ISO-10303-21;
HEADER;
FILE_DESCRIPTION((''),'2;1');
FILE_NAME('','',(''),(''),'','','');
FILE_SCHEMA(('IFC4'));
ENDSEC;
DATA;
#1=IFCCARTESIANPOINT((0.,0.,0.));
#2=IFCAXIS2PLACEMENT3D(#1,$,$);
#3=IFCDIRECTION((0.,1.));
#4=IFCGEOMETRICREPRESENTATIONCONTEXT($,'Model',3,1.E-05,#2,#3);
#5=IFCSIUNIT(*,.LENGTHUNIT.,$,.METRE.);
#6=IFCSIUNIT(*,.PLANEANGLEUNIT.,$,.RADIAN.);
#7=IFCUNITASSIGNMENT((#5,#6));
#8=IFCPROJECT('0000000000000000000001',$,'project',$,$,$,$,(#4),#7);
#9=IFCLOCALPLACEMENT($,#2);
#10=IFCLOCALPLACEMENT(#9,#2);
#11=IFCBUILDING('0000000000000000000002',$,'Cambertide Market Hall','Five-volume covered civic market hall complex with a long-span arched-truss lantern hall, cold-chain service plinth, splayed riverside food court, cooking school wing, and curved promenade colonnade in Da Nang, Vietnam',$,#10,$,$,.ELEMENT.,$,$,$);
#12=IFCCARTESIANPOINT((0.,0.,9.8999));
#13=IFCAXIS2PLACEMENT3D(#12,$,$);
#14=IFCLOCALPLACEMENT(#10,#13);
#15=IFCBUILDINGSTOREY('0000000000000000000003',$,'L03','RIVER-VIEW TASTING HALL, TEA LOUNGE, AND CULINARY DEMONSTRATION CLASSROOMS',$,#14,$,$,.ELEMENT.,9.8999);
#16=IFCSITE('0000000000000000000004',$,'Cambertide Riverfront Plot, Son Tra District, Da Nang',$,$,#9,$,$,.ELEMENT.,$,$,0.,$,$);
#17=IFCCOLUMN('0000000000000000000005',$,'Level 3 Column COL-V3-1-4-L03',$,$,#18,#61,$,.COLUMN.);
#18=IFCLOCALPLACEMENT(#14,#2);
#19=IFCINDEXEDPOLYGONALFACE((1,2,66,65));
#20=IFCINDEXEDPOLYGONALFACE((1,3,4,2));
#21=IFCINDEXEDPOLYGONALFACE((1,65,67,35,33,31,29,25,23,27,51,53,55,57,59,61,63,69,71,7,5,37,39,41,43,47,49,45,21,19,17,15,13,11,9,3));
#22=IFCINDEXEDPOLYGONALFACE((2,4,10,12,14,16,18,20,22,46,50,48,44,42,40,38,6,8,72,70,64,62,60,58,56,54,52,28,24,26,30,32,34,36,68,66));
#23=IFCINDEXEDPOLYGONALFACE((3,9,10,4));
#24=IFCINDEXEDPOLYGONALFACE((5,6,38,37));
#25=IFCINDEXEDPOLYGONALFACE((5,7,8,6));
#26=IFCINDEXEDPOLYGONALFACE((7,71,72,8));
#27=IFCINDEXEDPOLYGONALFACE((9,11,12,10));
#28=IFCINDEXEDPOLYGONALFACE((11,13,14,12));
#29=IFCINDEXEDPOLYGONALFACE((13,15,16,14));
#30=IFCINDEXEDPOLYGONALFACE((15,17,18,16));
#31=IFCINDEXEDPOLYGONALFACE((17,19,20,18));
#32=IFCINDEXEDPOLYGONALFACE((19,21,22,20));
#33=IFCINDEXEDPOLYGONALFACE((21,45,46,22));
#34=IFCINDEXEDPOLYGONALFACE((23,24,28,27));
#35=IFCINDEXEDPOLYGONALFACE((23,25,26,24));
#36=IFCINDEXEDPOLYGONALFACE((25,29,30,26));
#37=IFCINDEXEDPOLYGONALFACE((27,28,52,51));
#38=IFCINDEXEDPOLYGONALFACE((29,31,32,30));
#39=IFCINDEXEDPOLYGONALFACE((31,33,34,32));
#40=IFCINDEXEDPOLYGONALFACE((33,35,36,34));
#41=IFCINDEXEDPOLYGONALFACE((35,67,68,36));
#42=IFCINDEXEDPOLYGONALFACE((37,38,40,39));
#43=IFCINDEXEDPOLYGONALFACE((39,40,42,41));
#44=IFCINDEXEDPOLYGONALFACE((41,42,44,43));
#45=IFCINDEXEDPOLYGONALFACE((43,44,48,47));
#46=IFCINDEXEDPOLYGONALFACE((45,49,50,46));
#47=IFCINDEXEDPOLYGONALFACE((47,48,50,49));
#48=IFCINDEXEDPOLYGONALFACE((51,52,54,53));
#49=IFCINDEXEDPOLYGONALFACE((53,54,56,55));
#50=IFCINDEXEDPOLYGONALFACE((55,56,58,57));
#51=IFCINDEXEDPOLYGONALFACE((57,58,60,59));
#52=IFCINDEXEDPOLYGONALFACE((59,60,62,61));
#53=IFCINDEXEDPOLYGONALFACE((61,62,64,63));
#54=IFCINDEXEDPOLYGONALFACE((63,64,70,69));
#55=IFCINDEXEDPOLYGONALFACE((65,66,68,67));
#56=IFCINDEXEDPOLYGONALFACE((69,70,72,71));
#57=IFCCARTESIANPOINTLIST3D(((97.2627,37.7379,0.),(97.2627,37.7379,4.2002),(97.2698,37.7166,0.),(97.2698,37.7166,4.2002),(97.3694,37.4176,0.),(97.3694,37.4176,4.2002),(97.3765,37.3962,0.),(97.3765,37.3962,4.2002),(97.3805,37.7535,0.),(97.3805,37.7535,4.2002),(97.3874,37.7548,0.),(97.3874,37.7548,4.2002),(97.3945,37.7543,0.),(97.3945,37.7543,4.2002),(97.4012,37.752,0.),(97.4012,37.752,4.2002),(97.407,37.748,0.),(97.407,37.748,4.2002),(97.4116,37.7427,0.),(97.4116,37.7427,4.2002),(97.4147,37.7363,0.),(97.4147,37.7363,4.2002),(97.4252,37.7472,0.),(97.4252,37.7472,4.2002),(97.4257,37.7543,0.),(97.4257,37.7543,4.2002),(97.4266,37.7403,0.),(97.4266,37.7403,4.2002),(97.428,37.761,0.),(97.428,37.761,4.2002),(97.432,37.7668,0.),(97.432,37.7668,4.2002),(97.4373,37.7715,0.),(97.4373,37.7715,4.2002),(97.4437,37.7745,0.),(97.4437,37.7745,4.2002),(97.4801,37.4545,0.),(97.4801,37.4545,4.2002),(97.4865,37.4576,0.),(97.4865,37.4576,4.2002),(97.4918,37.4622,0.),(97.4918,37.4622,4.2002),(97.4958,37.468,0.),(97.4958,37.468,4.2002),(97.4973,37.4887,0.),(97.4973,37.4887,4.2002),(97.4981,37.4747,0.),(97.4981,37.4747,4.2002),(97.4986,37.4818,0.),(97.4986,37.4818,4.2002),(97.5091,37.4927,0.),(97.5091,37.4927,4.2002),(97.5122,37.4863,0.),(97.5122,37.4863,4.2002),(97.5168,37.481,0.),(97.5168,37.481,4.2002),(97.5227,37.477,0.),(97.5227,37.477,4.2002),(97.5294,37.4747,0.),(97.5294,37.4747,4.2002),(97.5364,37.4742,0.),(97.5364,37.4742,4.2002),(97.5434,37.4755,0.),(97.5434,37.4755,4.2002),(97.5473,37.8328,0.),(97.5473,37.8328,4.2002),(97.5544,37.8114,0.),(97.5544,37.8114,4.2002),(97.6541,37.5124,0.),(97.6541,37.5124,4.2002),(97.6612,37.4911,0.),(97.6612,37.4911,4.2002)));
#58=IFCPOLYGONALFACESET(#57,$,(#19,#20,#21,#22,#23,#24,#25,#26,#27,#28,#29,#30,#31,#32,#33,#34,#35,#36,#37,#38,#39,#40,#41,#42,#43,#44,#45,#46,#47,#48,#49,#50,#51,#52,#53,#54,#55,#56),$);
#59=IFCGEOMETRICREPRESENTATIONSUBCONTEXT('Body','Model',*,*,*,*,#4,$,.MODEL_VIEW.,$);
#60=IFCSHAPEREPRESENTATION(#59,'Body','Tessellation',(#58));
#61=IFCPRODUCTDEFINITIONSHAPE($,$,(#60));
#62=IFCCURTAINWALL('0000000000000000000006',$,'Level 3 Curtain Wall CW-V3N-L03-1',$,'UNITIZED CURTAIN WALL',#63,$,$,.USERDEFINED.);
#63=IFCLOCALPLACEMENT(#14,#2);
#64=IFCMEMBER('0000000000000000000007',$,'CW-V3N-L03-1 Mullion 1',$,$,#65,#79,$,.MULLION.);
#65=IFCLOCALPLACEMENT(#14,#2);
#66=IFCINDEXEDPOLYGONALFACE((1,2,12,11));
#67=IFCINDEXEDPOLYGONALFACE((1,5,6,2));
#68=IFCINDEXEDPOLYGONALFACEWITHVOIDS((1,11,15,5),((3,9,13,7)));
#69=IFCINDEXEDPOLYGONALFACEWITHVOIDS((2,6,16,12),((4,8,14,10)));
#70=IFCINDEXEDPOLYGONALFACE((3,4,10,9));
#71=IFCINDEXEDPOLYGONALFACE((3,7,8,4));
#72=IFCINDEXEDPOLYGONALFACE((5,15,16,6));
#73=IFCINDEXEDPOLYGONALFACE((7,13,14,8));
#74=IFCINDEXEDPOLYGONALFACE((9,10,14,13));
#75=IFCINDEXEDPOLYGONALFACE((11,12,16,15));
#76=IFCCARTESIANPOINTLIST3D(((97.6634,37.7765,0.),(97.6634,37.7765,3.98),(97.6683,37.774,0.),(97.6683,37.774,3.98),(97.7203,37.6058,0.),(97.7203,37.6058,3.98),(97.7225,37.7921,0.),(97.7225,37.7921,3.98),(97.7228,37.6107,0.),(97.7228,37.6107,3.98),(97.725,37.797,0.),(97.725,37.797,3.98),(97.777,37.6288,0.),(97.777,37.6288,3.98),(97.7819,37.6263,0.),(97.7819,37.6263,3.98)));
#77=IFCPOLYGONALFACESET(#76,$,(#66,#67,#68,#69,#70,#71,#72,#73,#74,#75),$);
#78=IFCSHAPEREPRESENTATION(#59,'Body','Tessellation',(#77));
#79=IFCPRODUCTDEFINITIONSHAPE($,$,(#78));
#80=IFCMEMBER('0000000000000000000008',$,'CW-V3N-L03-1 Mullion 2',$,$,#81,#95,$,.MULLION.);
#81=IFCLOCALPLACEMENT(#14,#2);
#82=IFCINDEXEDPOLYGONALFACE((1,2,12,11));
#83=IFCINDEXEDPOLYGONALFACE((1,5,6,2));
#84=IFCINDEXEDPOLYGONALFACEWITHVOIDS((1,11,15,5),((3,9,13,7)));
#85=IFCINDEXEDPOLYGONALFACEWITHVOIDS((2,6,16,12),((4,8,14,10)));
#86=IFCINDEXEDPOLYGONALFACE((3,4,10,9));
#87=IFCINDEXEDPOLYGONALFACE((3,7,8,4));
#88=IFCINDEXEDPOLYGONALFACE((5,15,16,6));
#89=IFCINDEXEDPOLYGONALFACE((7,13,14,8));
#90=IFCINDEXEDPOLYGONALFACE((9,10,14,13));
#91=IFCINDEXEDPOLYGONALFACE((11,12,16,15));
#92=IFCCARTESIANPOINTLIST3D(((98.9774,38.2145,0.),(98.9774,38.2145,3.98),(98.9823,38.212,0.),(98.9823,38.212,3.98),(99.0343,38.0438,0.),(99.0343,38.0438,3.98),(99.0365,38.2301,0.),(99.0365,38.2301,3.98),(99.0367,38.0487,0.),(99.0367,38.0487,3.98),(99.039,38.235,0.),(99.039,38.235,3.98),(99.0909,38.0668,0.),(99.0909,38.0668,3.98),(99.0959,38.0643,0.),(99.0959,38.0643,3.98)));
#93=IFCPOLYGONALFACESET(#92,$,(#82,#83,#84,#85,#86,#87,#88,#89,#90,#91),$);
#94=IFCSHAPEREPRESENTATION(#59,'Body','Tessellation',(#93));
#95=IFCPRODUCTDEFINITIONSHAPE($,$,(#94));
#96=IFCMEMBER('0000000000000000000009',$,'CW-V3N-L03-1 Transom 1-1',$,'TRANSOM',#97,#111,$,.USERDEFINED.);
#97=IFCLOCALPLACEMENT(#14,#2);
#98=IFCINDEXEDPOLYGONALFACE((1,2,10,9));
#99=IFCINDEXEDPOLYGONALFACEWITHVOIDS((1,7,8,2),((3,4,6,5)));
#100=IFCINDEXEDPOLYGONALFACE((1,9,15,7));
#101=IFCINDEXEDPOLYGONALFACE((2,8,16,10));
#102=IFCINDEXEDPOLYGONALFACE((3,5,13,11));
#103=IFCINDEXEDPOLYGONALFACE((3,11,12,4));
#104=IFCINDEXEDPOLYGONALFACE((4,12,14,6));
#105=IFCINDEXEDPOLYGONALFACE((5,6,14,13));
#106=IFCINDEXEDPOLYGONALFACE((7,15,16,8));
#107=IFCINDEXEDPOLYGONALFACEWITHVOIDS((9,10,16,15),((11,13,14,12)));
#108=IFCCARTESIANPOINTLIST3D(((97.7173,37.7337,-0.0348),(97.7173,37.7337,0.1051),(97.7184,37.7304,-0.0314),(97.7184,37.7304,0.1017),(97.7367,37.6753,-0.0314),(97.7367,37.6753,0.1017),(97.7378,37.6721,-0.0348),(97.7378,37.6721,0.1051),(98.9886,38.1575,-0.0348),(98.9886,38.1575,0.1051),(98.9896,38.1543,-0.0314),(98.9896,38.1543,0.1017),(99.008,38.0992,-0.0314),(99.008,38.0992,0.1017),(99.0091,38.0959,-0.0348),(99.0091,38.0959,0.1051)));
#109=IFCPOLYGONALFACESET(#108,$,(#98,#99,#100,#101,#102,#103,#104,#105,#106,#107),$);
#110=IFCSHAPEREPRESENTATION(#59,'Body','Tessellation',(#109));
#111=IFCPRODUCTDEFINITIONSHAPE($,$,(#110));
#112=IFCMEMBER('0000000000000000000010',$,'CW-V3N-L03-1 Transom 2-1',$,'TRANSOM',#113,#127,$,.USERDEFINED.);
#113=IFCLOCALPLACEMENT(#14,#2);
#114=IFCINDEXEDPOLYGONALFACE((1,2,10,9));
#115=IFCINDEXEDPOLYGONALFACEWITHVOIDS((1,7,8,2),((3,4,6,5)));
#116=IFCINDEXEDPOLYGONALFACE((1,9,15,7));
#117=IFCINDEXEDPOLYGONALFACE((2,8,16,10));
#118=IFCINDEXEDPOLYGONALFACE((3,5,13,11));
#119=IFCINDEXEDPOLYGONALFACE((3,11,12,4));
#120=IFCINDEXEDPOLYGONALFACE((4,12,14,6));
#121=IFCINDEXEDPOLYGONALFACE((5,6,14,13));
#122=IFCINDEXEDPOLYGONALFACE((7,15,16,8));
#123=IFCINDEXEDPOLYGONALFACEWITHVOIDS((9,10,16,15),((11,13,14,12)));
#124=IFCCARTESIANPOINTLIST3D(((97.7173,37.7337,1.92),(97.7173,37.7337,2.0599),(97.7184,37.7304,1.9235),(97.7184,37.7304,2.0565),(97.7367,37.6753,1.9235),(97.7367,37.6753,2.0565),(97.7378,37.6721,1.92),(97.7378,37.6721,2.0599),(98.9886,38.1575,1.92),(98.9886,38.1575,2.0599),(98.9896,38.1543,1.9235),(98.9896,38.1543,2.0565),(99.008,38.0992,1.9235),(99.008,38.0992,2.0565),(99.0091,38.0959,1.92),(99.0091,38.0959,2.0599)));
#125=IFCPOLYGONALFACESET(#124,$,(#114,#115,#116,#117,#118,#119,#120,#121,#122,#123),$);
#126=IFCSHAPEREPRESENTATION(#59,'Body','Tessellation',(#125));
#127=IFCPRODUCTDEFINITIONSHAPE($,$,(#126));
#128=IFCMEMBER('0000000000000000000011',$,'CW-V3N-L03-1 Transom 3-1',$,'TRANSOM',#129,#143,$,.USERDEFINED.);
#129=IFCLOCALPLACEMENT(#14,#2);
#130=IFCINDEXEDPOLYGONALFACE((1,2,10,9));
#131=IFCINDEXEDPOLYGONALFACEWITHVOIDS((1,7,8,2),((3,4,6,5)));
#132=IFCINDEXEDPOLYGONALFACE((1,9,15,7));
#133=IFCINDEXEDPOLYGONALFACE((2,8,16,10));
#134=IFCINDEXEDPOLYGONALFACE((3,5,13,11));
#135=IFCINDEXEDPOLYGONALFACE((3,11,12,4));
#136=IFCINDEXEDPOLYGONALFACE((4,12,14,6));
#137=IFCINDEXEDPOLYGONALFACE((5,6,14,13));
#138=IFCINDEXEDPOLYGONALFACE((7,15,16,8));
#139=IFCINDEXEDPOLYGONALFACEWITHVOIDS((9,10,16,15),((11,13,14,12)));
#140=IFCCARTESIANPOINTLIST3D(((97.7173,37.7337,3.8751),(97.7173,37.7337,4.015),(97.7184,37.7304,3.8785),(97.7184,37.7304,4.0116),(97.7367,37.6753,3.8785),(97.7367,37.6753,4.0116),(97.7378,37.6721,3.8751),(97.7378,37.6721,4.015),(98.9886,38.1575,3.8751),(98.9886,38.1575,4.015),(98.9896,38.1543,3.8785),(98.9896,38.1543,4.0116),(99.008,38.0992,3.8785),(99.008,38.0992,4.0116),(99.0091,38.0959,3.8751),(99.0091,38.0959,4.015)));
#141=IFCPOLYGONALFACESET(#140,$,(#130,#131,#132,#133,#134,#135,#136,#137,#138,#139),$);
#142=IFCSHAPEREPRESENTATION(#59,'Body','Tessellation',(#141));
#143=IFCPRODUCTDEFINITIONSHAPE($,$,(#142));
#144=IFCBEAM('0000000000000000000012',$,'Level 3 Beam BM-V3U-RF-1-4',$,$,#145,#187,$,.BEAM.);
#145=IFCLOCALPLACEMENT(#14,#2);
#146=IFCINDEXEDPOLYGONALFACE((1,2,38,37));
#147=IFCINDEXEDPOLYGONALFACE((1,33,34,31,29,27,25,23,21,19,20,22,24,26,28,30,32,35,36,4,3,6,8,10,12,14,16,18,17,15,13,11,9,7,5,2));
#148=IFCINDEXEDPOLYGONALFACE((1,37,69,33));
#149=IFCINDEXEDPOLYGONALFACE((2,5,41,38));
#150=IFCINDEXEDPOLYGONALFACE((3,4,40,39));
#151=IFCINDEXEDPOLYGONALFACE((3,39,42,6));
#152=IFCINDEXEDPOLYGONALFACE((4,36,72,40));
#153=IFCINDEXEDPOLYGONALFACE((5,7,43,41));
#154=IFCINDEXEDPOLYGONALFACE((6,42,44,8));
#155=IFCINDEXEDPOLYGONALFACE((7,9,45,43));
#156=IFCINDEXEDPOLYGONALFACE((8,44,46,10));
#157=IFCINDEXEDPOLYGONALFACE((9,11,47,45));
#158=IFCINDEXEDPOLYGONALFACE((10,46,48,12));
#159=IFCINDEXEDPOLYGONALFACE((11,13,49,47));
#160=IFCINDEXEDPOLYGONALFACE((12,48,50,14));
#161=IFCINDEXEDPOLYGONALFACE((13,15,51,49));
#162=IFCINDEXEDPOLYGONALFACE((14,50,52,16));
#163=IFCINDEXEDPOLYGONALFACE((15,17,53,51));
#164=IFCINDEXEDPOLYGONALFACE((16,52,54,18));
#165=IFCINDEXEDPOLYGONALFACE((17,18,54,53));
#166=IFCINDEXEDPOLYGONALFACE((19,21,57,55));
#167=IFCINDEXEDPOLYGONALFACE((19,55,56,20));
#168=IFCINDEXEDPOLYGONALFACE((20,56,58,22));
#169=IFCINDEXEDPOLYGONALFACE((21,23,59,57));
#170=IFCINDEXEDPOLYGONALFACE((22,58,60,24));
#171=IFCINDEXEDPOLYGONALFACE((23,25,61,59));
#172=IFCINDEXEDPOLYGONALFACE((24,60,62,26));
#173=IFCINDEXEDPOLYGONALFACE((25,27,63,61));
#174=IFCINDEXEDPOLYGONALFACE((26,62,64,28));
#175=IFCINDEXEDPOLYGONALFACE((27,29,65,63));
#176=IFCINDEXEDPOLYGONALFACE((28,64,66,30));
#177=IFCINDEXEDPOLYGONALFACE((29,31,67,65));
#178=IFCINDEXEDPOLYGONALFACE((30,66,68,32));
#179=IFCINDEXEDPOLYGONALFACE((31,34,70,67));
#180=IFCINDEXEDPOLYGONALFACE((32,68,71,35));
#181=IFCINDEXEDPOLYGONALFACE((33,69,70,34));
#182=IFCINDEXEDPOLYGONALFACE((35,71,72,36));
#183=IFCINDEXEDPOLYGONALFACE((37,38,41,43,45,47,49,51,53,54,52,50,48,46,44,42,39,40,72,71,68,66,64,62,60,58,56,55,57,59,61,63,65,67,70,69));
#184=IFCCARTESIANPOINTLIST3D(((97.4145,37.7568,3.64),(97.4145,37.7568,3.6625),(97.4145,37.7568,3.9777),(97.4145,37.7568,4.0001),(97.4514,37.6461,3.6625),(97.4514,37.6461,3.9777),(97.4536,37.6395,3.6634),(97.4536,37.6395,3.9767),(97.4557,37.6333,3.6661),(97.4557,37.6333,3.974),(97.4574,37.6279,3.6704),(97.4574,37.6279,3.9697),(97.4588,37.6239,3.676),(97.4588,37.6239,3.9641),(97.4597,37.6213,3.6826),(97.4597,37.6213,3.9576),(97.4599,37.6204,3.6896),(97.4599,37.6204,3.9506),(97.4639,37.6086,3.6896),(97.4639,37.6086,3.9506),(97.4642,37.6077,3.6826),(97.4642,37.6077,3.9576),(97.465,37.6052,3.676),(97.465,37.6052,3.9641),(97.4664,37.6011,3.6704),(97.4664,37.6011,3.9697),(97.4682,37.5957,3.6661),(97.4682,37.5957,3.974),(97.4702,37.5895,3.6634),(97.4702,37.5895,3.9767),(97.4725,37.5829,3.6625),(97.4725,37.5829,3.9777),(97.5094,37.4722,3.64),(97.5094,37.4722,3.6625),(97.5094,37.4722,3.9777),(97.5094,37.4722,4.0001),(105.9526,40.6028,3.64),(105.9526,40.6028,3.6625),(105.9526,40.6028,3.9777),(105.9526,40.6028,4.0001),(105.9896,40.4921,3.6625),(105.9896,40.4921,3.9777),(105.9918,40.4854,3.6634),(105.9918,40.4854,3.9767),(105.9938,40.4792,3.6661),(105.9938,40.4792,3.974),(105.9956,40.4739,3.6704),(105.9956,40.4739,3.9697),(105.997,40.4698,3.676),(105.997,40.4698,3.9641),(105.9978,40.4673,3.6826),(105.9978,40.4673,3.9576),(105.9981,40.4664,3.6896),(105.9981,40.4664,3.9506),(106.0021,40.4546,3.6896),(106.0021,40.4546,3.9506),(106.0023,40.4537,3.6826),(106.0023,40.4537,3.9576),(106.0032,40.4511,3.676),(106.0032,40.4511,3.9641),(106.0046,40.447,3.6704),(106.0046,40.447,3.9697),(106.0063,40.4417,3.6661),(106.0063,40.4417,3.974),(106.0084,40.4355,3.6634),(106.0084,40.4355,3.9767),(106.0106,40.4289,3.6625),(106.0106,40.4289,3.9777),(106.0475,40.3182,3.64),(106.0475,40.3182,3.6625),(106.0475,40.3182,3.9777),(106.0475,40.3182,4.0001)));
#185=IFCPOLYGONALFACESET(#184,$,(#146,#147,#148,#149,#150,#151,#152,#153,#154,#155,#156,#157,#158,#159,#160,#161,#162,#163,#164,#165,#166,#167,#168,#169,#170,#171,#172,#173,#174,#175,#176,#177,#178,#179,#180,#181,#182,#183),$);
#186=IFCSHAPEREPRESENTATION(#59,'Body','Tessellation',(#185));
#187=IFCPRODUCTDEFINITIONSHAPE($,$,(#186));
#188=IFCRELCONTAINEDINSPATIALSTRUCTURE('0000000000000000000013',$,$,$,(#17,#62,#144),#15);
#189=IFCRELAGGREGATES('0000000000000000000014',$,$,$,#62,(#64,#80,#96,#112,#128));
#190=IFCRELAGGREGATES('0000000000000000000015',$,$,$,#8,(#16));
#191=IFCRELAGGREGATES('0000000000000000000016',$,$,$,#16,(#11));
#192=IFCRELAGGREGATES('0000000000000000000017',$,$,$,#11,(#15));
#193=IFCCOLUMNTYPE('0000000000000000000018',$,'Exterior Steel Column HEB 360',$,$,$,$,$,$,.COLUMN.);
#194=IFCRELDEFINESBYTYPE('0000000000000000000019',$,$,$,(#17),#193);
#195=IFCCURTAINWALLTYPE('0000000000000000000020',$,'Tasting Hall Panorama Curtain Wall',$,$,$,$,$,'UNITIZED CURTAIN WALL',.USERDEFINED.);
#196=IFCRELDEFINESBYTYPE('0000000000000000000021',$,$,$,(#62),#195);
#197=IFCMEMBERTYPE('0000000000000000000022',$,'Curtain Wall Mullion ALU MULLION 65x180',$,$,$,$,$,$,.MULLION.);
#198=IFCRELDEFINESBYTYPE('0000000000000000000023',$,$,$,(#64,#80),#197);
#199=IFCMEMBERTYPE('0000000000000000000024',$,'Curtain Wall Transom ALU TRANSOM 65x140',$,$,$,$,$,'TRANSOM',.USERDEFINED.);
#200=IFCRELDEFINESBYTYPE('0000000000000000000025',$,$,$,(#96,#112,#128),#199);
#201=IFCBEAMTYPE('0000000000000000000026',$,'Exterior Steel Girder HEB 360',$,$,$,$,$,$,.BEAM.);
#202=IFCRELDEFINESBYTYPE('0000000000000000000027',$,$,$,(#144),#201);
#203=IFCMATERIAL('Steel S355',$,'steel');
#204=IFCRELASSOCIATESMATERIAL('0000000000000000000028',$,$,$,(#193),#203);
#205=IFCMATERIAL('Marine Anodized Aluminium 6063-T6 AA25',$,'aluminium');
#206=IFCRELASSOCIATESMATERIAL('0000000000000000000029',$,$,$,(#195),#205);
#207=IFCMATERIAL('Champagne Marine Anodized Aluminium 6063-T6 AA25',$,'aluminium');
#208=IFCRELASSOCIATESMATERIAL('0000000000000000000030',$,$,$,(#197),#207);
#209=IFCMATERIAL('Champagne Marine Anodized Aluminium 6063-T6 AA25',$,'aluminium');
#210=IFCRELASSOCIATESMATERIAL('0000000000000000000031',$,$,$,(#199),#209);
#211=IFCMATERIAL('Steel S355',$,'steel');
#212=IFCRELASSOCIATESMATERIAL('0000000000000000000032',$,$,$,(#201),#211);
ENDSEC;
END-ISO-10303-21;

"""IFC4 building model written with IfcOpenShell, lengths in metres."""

from ifc_helpers import new_model, si_unit, direction, frame, origin, origin_2d, place, context, subcontext, project, spatial, hollow_rectangle, i_section, extrude, material, material_profile, profile_set, type_object, element, aggregate, save


model = new_model("IFC4")

# Units and contexts
model_context = context("Model", 3, precision=1e-05, world=origin(), true_north=direction((0.0, 1.0)))
body_context = subcontext(model_context, "Body", "Model", "MODEL_VIEW")
ifc_project = project(units=[si_unit("LENGTHUNIT", "METRE"), si_unit("PLANEANGLEUNIT", "RADIAN")], contexts=[model_context])

# Site, building, storey
site_placement = place(None, origin())
site = spatial("IfcSite", under=ifc_project, at=site_placement, Name="Cambertide Riverfront Plot, Son Tra District, Da Nang", CompositionType="ELEMENT", RefElevation=0.0)
building_placement = place(site_placement, origin())
building = spatial("IfcBuilding", under=site, at=building_placement, Name="Cambertide Market Hall", Description="Five-volume covered civic market hall complex with a long-span arched-truss lantern hall, cold-chain service plinth, splayed riverside food court, cooking school wing, and curved promenade colonnade in Da Nang, Vietnam", CompositionType="ELEMENT")
storey_placement = place(building_placement, frame((0.0, 0.0, 9.8999)))
storey = spatial("IfcBuildingStorey", under=building, at=storey_placement, Name="L03", Description="RIVER-VIEW TASTING HALL, TEA LOUNGE, AND CULINARY DEMONSTRATION CLASSROOMS", CompositionType="ELEMENT", Elevation=9.8999)

# Column
ifc_material_1 = material(Name="Steel S355", Category="steel")
ifc_material_profile_1 = material_profile(ifc_material_1, i_section(OverallWidth=0.3, OverallDepth=0.3601, WebThickness=0.0125, FlangeThickness=0.0225, FilletRadius=0.0271, at=origin_2d()), Name="HEB 360")
ifc_profile_set_1 = profile_set([ifc_material_profile_1], Name="Steel S355")
column_type = type_object("IfcColumnType", Name="Exterior Steel Column HEB 360", PredefinedType="COLUMN", material=ifc_profile_set_1)
column_placement = place(storey_placement, frame((97.4619, 37.6145, 0.0), z_axis=(0.0, 0.0, 1.0), x_axis=(0.948683, 0.316228, 0.0)))
element("IfcColumn", 1, at=column_placement, inside=storey, type_object=column_type, Name="Level 3 Column COL-V3-1-4-L03", PredefinedType="COLUMN", context=body_context, shape_type="SweptSolid", body=[
    extrude(i_section(OverallWidth=0.3, OverallDepth=0.3601, WebThickness=0.0125, FlangeThickness=0.0225, FilletRadius=0.0271, at=origin_2d()), origin(), (0.0, 0.0, 1.0), 4.2002),
])

# Curtain wall, members
ifc_material_2 = material(Name="Marine Anodized Aluminium 6063-T6 AA25", Category="aluminium")
curtain_wall_type = type_object("IfcCurtainWallType", Name="Tasting Hall Panorama Curtain Wall", ElementType="UNITIZED CURTAIN WALL", PredefinedType="USERDEFINED", material=ifc_material_2)
curtain_wall_placement = place(storey_placement, origin())
curtain_wall = element("IfcCurtainWall", 2, at=curtain_wall_placement, inside=storey, type_object=curtain_wall_type, Name="Level 3 Curtain Wall CW-V3N-L03-1", ObjectType="UNITIZED CURTAIN WALL", PredefinedType="USERDEFINED")
ifc_material_3 = material(Name="Champagne Marine Anodized Aluminium 6063-T6 AA25", Category="aluminium")
ifc_material_profile_2 = material_profile(ifc_material_3, hollow_rectangle(XDim=0.0649, YDim=0.1799, WallThickness=0.0039, at=origin_2d()), Name="ALU MULLION 65x180")
ifc_profile_set_2 = profile_set([ifc_material_profile_2], Name="Champagne Marine Anodized Aluminium 6063-T6 AA25")
member_type_1 = type_object("IfcMemberType", Name="Curtain Wall Mullion ALU MULLION 65x180", PredefinedType="MULLION", material=ifc_profile_set_2)
member_1_placement = place(storey_placement, frame((97.7227, 37.7014, 0.0), z_axis=(0.0, 0.0, 1.0), x_axis=(0.948683, 0.316228, 0.0)))
member_1 = element("IfcMember", 3, at=member_1_placement, type_object=member_type_1, Name="CW-V3N-L03-1 Mullion 1", PredefinedType="MULLION", context=body_context, shape_type="SweptSolid", body=[
    extrude(hollow_rectangle(XDim=0.0649, YDim=0.1799, WallThickness=0.0039, at=origin_2d()), origin(), (0.0, 0.0, 1.0), 3.98),
])
member_2_placement = place(storey_placement, frame((99.0366, 38.1394, 0.0), z_axis=(0.0, 0.0, 1.0), x_axis=(0.948683, 0.316228, 0.0)))
member_2 = element("IfcMember", 4, at=member_2_placement, type_object=member_type_1, Name="CW-V3N-L03-1 Mullion 2", PredefinedType="MULLION", context=body_context, shape_type="SweptSolid", body=[
    extrude(hollow_rectangle(XDim=0.0649, YDim=0.1799, WallThickness=0.0039, at=origin_2d()), origin(), (0.0, 0.0, 1.0), 3.98),
])
ifc_material_4 = material(Name="Champagne Marine Anodized Aluminium 6063-T6 AA25", Category="aluminium")
ifc_material_profile_3 = material_profile(ifc_material_4, hollow_rectangle(XDim=0.0649, YDim=0.1399, WallThickness=0.0034, at=origin_2d()), Name="ALU TRANSOM 65x140")
ifc_profile_set_3 = profile_set([ifc_material_profile_3], Name="Champagne Marine Anodized Aluminium 6063-T6 AA25")
member_type_2 = type_object("IfcMemberType", Name="Curtain Wall Transom ALU TRANSOM 65x140", ElementType="TRANSOM", PredefinedType="USERDEFINED", material=ifc_profile_set_3)
member_3_placement = place(storey_placement, frame((97.7275, 37.7029, 0.0352), z_axis=(0.948665, 0.316282, 0.0), x_axis=(-0.316282, 0.948665, 0.0)))
member_3 = element("IfcMember", 5, at=member_3_placement, type_object=member_type_2, Name="CW-V3N-L03-1 Transom 1-1", ObjectType="TRANSOM", PredefinedType="USERDEFINED", context=body_context, shape_type="SweptSolid", body=[
    extrude(hollow_rectangle(XDim=0.0649, YDim=0.1399, WallThickness=0.0034, at=origin_2d()), origin(), (0.0, 0.0, 1.0), 1.3401),
])
member_4_placement = place(storey_placement, frame((97.7275, 37.7029, 1.99), z_axis=(0.948665, 0.316282, 0.0), x_axis=(-0.316282, 0.948665, 0.0)))
member_4 = element("IfcMember", 6, at=member_4_placement, type_object=member_type_2, Name="CW-V3N-L03-1 Transom 2-1", ObjectType="TRANSOM", PredefinedType="USERDEFINED", context=body_context, shape_type="SweptSolid", body=[
    extrude(hollow_rectangle(XDim=0.0649, YDim=0.1399, WallThickness=0.0034, at=origin_2d()), origin(), (0.0, 0.0, 1.0), 1.3401),
])
member_5_placement = place(storey_placement, frame((97.7275, 37.7029, 3.9451), z_axis=(0.948665, 0.316282, 0.0), x_axis=(-0.316282, 0.948665, 0.0)))
member_5 = element("IfcMember", 7, at=member_5_placement, type_object=member_type_2, Name="CW-V3N-L03-1 Transom 3-1", ObjectType="TRANSOM", PredefinedType="USERDEFINED", context=body_context, shape_type="SweptSolid", body=[
    extrude(hollow_rectangle(XDim=0.0649, YDim=0.1399, WallThickness=0.0034, at=origin_2d()), origin(), (0.0, 0.0, 1.0), 1.3401),
])

# Beam
ifc_material_5 = material(Name="Steel S355", Category="steel")
ifc_material_profile_4 = material_profile(ifc_material_5, i_section(OverallWidth=0.3, OverallDepth=0.3601, WebThickness=0.0125, FlangeThickness=0.0225, FilletRadius=0.0271, at=origin_2d()), Name="HEB 360")
ifc_profile_set_4 = profile_set([ifc_material_profile_4], Name="Steel S355")
beam_type_1 = type_object("IfcBeamType", Name="Exterior Steel Girder HEB 360", PredefinedType="BEAM", material=ifc_profile_set_4)
beam_1_placement = place(storey_placement, frame((97.4619, 37.6145, 3.8201), z_axis=(0.948686, 0.31622, 0.0), x_axis=(-0.31622, 0.948686, 0.0)))
element("IfcBeam", 8, at=beam_1_placement, inside=storey, type_object=beam_type_1, Name="Level 3 Beam BM-V3U-RF-1-4", PredefinedType="BEAM", context=body_context, shape_type="SweptSolid", body=[
    extrude(i_section(OverallWidth=0.3, OverallDepth=0.3601, WebThickness=0.0125, FlangeThickness=0.0225, FilletRadius=0.0271, at=origin_2d()), origin(), (0.0, 0.0, 1.0), 9.0),
])

aggregate(curtain_wall, [member_1, member_2, member_3, member_4, member_5])

save(model, "model.ifc")
